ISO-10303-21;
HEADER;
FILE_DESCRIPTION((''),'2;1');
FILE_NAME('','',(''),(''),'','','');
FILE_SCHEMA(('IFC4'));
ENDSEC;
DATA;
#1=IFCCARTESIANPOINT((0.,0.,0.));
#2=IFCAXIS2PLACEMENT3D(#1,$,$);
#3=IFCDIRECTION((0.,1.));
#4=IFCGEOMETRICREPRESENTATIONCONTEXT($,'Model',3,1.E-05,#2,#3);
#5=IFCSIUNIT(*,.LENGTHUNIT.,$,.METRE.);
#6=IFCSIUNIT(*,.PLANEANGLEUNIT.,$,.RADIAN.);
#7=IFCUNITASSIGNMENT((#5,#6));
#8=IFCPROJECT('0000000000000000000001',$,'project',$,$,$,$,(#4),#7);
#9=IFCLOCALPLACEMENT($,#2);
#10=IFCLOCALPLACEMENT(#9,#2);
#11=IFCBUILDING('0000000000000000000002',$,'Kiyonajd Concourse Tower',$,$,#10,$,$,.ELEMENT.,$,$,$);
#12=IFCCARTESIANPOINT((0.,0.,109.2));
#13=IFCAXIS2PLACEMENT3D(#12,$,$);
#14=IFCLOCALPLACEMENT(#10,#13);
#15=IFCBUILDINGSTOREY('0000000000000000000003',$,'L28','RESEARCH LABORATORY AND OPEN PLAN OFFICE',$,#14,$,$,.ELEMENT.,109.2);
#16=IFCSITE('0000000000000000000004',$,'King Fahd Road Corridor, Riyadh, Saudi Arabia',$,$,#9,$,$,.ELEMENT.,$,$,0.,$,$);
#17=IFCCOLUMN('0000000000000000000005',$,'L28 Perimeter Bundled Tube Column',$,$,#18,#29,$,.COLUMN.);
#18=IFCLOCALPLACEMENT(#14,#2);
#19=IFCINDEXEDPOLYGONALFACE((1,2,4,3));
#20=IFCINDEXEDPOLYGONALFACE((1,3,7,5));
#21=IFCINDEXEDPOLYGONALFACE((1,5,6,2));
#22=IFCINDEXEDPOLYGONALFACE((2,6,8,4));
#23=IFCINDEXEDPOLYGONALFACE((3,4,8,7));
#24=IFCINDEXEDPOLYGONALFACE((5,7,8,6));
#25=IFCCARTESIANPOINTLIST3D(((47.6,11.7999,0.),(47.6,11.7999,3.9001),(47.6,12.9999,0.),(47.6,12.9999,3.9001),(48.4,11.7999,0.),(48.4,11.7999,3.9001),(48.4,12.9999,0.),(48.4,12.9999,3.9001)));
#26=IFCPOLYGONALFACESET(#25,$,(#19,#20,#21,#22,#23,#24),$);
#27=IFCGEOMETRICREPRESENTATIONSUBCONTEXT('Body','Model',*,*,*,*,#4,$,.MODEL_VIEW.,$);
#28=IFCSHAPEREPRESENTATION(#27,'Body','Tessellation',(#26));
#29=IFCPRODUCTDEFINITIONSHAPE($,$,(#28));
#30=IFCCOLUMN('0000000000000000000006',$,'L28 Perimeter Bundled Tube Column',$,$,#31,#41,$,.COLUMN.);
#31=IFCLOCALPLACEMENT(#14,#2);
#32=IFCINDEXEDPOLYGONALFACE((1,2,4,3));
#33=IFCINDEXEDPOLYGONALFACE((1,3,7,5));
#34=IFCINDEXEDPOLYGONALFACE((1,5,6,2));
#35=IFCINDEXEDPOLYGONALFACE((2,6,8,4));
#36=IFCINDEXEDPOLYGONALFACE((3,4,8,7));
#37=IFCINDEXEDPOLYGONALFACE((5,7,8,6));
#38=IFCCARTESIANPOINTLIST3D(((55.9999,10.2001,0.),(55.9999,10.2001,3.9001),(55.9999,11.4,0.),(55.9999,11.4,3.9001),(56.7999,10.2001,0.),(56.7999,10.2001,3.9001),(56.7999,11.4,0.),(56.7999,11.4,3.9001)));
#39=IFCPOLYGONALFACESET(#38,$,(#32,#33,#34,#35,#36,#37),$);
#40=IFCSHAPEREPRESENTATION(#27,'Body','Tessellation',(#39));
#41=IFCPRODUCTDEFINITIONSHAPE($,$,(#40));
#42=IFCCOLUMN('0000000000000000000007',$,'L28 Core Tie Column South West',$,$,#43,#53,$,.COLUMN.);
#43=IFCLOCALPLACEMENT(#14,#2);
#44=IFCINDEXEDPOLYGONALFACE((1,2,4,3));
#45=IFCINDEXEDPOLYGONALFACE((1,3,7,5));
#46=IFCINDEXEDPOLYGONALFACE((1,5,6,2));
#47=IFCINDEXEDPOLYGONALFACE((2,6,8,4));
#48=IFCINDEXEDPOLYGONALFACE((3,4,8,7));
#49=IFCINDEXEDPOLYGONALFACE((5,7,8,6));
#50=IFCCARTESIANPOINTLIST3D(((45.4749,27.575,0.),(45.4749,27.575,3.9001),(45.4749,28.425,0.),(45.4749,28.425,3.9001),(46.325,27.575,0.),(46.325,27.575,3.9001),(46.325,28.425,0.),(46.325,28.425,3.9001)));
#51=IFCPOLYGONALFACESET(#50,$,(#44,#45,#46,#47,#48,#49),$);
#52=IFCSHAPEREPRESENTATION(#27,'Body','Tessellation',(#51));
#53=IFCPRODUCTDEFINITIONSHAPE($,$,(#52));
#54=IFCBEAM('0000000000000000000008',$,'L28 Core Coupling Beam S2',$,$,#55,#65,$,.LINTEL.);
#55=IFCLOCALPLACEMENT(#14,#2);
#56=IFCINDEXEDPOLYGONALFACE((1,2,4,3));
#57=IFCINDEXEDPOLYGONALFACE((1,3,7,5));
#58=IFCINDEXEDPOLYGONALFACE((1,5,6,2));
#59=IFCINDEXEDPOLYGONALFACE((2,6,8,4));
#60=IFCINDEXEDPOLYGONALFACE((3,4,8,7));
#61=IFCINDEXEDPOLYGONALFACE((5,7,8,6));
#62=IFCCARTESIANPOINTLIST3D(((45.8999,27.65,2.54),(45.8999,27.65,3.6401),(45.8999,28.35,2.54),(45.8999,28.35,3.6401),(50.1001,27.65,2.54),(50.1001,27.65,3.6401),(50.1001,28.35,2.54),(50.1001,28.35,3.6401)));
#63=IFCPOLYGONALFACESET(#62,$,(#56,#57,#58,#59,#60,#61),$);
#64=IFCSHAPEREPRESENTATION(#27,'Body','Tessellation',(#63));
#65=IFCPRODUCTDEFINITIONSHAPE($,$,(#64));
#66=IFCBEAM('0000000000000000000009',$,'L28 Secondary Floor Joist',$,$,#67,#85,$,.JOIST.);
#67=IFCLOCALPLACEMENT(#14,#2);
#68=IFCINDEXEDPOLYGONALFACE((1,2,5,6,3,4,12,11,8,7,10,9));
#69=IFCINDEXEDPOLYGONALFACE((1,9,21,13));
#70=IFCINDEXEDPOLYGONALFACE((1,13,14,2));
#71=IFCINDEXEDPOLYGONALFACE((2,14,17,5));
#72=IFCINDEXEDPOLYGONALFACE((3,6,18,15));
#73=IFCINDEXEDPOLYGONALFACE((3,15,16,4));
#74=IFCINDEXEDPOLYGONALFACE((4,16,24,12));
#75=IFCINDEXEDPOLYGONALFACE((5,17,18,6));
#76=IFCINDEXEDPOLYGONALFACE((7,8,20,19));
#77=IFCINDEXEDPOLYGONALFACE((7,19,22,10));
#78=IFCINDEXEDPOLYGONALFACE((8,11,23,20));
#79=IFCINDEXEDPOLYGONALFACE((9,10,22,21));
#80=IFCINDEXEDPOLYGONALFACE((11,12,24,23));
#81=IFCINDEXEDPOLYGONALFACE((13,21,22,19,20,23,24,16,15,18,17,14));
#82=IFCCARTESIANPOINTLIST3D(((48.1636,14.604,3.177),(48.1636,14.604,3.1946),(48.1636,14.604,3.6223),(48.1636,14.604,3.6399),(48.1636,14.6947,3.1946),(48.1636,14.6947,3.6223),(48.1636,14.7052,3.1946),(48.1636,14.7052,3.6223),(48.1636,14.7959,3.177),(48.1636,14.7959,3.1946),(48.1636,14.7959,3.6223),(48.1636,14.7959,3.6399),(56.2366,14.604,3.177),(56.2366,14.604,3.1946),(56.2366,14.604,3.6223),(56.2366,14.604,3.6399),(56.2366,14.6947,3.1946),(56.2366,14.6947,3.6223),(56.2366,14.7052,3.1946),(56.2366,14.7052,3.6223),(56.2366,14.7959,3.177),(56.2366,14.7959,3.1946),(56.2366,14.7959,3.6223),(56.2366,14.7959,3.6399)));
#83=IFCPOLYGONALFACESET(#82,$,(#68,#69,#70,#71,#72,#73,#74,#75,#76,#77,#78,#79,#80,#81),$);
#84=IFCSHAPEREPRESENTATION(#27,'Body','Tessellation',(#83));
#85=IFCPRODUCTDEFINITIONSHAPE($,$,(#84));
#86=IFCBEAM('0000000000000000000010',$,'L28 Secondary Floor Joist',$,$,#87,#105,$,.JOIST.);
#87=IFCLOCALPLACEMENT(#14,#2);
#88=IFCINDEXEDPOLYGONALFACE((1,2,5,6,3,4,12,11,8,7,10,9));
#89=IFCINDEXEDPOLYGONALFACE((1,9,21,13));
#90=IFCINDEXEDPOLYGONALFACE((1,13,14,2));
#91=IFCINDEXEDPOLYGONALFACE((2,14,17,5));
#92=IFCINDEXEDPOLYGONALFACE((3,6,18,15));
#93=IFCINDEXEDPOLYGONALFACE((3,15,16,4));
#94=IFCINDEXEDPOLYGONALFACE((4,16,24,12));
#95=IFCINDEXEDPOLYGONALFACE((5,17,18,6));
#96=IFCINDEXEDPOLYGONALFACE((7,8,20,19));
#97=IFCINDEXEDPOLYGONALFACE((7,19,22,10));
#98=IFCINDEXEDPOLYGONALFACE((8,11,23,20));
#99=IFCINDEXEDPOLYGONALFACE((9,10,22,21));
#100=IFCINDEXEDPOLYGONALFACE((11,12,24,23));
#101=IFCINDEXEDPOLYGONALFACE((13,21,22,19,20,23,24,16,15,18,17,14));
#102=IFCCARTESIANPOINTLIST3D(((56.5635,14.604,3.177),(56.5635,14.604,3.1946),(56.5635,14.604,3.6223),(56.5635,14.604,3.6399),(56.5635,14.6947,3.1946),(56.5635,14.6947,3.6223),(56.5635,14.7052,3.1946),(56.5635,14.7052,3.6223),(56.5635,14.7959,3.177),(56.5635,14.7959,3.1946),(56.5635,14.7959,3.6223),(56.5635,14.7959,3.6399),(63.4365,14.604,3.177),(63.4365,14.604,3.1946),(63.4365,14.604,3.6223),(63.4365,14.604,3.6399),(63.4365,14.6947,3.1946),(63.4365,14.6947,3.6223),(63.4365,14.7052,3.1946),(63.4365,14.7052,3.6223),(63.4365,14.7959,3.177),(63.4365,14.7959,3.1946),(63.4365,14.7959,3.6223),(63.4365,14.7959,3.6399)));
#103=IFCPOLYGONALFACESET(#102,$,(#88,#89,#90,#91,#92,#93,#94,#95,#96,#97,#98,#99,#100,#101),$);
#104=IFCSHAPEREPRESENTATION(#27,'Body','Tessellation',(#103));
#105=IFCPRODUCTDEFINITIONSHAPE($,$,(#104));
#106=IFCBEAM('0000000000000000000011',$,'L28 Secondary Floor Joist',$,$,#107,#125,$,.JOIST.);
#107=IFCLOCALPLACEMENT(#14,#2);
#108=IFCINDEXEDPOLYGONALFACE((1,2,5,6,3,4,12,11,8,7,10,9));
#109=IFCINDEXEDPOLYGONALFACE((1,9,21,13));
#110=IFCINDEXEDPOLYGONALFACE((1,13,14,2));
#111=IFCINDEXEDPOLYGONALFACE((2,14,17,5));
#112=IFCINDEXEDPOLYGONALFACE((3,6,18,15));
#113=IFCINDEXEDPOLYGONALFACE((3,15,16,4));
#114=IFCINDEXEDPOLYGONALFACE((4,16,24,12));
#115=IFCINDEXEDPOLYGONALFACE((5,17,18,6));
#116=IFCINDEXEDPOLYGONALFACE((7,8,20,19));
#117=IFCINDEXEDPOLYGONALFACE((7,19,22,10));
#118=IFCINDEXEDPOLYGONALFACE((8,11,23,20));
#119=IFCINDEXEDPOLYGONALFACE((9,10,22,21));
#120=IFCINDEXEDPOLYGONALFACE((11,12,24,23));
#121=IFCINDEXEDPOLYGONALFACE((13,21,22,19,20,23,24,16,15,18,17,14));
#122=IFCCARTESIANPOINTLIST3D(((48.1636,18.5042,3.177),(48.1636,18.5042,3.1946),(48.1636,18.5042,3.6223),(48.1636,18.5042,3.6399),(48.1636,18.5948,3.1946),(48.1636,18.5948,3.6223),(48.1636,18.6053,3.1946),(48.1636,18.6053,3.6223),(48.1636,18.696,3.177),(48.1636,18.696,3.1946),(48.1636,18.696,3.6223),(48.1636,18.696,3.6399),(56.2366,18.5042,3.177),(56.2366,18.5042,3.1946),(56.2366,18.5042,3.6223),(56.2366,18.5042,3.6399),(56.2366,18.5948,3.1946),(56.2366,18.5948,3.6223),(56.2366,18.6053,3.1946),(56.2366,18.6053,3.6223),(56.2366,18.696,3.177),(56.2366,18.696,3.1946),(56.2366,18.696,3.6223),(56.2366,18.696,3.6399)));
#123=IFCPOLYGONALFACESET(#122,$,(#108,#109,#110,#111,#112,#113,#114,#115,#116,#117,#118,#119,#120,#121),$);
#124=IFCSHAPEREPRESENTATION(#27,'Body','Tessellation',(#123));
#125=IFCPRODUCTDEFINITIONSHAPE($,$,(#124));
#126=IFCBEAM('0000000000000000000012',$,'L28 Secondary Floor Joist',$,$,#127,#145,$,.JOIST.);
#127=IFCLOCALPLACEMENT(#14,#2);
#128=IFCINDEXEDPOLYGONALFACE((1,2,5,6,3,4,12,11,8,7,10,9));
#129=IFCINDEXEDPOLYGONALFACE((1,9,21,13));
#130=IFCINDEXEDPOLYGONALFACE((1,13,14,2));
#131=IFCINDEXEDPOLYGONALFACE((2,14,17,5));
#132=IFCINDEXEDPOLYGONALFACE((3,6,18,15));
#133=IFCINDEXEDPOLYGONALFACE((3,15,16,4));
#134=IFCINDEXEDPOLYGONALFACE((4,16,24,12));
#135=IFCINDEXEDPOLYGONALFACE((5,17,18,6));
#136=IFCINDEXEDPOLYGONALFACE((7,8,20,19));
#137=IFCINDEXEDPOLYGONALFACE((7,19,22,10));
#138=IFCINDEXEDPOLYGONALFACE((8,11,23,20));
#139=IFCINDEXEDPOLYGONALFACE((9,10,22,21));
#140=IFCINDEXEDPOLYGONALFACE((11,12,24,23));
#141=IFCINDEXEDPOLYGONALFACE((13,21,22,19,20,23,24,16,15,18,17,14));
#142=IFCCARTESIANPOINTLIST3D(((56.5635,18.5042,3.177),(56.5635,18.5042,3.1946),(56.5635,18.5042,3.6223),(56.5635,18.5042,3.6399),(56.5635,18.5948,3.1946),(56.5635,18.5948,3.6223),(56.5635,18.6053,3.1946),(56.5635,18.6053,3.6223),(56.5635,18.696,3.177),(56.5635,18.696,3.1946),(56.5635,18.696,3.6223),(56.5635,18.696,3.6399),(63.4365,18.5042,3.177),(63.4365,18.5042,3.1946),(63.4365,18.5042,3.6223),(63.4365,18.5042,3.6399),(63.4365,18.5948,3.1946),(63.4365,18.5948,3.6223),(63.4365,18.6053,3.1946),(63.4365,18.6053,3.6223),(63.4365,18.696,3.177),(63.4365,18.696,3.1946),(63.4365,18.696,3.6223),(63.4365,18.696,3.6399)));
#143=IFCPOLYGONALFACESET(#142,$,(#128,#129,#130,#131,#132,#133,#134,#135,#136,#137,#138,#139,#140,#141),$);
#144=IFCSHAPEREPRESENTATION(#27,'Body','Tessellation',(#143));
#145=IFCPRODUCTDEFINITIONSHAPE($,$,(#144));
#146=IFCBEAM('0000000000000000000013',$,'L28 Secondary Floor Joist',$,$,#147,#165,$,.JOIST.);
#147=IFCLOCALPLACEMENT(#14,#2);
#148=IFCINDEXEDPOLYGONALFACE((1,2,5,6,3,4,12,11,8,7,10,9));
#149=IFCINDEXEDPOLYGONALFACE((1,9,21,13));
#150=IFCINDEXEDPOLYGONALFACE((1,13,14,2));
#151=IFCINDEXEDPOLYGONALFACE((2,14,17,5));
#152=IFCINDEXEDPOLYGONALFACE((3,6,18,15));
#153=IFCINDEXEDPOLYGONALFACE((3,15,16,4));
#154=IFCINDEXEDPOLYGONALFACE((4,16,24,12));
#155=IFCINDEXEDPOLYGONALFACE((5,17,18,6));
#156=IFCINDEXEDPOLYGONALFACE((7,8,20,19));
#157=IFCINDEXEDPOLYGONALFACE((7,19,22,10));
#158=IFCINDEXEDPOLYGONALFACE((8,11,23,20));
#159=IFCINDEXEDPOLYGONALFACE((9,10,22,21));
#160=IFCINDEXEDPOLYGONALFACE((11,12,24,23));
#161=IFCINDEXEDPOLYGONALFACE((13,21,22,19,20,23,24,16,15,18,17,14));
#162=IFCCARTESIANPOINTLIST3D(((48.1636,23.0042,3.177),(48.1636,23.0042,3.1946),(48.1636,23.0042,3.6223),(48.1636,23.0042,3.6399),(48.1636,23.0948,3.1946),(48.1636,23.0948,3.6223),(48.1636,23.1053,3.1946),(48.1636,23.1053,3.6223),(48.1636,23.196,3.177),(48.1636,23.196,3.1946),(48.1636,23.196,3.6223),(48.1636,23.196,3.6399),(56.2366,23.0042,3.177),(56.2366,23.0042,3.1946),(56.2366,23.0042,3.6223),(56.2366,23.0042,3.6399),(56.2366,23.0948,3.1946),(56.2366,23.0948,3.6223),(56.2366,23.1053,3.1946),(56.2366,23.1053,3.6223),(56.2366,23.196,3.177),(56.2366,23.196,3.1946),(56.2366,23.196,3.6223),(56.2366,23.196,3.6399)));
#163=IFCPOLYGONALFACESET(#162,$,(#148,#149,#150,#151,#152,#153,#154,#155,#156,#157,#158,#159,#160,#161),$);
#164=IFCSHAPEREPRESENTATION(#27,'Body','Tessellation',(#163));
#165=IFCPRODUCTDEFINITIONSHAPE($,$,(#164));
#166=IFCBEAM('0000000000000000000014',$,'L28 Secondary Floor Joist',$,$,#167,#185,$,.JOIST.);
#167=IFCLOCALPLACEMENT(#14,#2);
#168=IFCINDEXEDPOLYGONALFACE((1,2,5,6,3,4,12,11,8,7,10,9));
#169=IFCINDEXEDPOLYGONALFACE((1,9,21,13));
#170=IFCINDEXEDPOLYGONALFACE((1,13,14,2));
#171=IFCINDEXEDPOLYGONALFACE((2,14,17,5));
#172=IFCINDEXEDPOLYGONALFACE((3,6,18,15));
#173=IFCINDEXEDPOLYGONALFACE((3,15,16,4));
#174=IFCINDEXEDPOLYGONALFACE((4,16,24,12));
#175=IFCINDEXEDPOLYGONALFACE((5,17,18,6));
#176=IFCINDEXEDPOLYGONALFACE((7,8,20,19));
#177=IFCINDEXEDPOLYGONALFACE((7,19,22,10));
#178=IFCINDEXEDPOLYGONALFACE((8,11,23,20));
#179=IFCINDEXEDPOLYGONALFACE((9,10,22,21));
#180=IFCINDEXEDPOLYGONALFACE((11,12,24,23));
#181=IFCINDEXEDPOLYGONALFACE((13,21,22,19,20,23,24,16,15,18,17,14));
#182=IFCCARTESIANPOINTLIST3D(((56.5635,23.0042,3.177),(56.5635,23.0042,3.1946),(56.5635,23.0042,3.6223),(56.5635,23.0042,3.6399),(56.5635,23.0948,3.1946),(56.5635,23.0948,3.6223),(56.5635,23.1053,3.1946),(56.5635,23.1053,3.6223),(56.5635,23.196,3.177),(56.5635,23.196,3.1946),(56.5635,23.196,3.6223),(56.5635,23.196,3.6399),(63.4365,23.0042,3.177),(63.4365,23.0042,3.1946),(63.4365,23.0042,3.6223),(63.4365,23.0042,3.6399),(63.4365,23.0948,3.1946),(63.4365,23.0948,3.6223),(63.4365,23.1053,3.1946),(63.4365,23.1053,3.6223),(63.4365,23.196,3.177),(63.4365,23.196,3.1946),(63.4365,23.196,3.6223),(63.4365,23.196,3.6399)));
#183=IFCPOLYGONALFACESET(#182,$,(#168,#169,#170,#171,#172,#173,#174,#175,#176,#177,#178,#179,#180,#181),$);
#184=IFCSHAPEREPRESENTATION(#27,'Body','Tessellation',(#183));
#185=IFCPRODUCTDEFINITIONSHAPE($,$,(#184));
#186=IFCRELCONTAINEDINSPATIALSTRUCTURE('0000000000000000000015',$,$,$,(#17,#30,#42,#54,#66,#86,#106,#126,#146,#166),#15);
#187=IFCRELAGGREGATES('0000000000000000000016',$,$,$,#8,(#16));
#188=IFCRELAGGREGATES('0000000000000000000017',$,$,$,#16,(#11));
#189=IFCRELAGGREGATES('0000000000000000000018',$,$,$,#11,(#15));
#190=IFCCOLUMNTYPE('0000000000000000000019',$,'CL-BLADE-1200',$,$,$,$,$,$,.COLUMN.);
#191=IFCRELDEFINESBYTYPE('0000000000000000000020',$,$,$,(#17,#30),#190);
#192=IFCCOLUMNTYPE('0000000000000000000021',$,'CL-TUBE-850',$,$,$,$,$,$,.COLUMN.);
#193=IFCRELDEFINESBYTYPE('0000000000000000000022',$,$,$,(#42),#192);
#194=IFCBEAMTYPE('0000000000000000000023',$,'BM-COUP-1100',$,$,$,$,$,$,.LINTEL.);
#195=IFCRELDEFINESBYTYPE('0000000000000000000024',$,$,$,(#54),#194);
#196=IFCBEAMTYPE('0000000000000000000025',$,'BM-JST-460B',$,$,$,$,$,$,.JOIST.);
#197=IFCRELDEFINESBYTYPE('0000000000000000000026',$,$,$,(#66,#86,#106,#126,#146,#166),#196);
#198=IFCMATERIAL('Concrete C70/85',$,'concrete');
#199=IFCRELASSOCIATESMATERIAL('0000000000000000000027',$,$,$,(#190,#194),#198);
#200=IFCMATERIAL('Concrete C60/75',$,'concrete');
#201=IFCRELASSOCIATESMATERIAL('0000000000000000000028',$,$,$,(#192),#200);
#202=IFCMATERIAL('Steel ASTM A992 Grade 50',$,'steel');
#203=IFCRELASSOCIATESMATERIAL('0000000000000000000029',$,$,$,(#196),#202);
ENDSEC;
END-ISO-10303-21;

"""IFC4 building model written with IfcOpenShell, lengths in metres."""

from ifc_helpers import new_model, si_unit, direction, frame, origin, origin_2d, place, context, subcontext, project, spatial, rectangle, i_section, extrude, material, material_profile, profile_set, type_object, element, save


model = new_model("IFC4")

# Units and contexts
model_context = context("Model", 3, precision=1e-05, world=origin(), true_north=direction((0.0, 1.0)))
body_context = subcontext(model_context, "Body", "Model", "MODEL_VIEW")
ifc_project = project(units=[si_unit("LENGTHUNIT", "METRE"), si_unit("PLANEANGLEUNIT", "RADIAN")], contexts=[model_context])

# Site, building, storey
site_placement = place(None, origin())
site = spatial("IfcSite", under=ifc_project, at=site_placement, Name="King Fahd Road Corridor, Riyadh, Saudi Arabia", CompositionType="ELEMENT", RefElevation=0.0)
building_placement = place(site_placement, origin())
building = spatial("IfcBuilding", under=site, at=building_placement, Name="Kiyonajd Concourse Tower", CompositionType="ELEMENT")
storey_placement = place(building_placement, frame((0.0, 0.0, 109.2)))
storey = spatial("IfcBuildingStorey", under=building, at=storey_placement, Name="L28", Description="RESEARCH LABORATORY AND OPEN PLAN OFFICE", CompositionType="ELEMENT", Elevation=109.2)

# Columns
ifc_material_1 = material(Name="Concrete C70/85", Category="concrete")
ifc_material_profile_1 = material_profile(ifc_material_1, rectangle(XDim=0.8, YDim=1.2, at=origin_2d()), Name="RC-1200x800")
ifc_profile_set_1 = profile_set([ifc_material_profile_1], Name="Concrete C70/85")
column_type_1 = type_object("IfcColumnType", Name="CL-BLADE-1200", PredefinedType="COLUMN", material=ifc_profile_set_1)
for number, where, z_axis, x_axis, name in (
    (1, (48.0, 12.3999, 0.0), (0.0, 0.0, 1.0), (1.0, 0.0, 0.0), "L28 Perimeter Bundled Tube Column"),
    (2, (56.3999, 10.8, 0.0), (0.0, 0.0, 1.0), (1.0, 0.0, 0.0), "L28 Perimeter Bundled Tube Column"),
):
    element("IfcColumn", number, at=place(storey_placement, frame(where, z_axis=z_axis, x_axis=x_axis)), inside=storey, type_object=column_type_1, Name=name, PredefinedType="COLUMN", context=body_context, shape_type="SweptSolid", body=[
        extrude(rectangle(XDim=0.8, YDim=1.2, at=origin_2d()), origin(), (0.0, 0.0, 1.0), 3.9001),
    ])
ifc_material_2 = material(Name="Concrete C60/75", Category="concrete")
ifc_material_profile_2 = material_profile(ifc_material_2, rectangle(XDim=0.8501, YDim=0.8501, at=origin_2d()), Name="RC-850x850")
ifc_profile_set_2 = profile_set([ifc_material_profile_2], Name="Concrete C60/75")
column_type_2 = type_object("IfcColumnType", Name="CL-TUBE-850", PredefinedType="COLUMN", material=ifc_profile_set_2)
column_placement = place(storey_placement, frame((45.8999, 28.0, 0.0), z_axis=(0.0, 0.0, 1.0), x_axis=(1.0, 0.0, 0.0)))
element("IfcColumn", 3, at=column_placement, inside=storey, type_object=column_type_2, Name="L28 Core Tie Column South West", PredefinedType="COLUMN", context=body_context, shape_type="SweptSolid", body=[
    extrude(rectangle(XDim=0.8501, YDim=0.8501, at=origin_2d()), origin(), (0.0, 0.0, 1.0), 3.9001),
])

# Beams
ifc_material_profile_3 = material_profile(ifc_material_1, rectangle(XDim=0.7, YDim=1.1001, at=origin_2d()), Name="RCBM-700x1100")
ifc_profile_set_3 = profile_set([ifc_material_profile_3], Name="Concrete C70/85")
beam_type_1 = type_object("IfcBeamType", Name="BM-COUP-1100", PredefinedType="LINTEL", material=ifc_profile_set_3)
beam_1_placement = place(storey_placement, frame((45.8999, 28.0, 3.0901), z_axis=(1.0, 0.0, 0.0), x_axis=(0.0, 1.0, 0.0)))
element("IfcBeam", 4, at=beam_1_placement, inside=storey, type_object=beam_type_1, Name="L28 Core Coupling Beam S2", PredefinedType="LINTEL", context=body_context, shape_type="SweptSolid", body=[
    extrude(rectangle(XDim=0.7, YDim=1.1001, at=origin_2d()), origin(), (0.0, 0.0, 1.0), 4.2002),
])
ifc_material_3 = material(Name="Steel ASTM A992 Grade 50", Category="steel")
ifc_material_profile_4 = material_profile(ifc_material_3, i_section(OverallWidth=0.1919, OverallDepth=0.4629, WebThickness=0.0105, FlangeThickness=0.0176, at=origin_2d()), Name="W460X89")
ifc_profile_set_4 = profile_set([ifc_material_profile_4], Name="Steel ASTM A992 Grade 50")
beam_type_2 = type_object("IfcBeamType", Name="BM-JST-460B", PredefinedType="JOIST", material=ifc_profile_set_4)
beam_2_placement = place(storey_placement, frame((48.1636, 14.7, 3.4084), z_axis=(1.0, 0.0, 0.0), x_axis=(0.0, 1.0, 0.0)))
element("IfcBeam", 5, at=beam_2_placement, inside=storey, type_object=beam_type_2, Name="L28 Secondary Floor Joist", PredefinedType="JOIST", context=body_context, shape_type="SweptSolid", body=[
    extrude(i_section(OverallWidth=0.1919, OverallDepth=0.4629, WebThickness=0.0105, FlangeThickness=0.0176, at=origin_2d()), origin(), (0.0, 0.0, 1.0), 8.073),
])
beam_3_placement = place(storey_placement, frame((56.5635, 14.7, 3.4084), z_axis=(1.0, 0.0, 0.0), x_axis=(0.0, 1.0, 0.0)))
element("IfcBeam", 6, at=beam_3_placement, inside=storey, type_object=beam_type_2, Name="L28 Secondary Floor Joist", PredefinedType="JOIST", context=body_context, shape_type="SweptSolid", body=[
    extrude(i_section(OverallWidth=0.1919, OverallDepth=0.4629, WebThickness=0.0105, FlangeThickness=0.0176, at=origin_2d()), origin(), (0.0, 0.0, 1.0), 6.873),
])
beam_4_placement = place(storey_placement, frame((48.1636, 18.6001, 3.4084), z_axis=(1.0, 0.0, 0.0), x_axis=(0.0, 1.0, 0.0)))
element("IfcBeam", 7, at=beam_4_placement, inside=storey, type_object=beam_type_2, Name="L28 Secondary Floor Joist", PredefinedType="JOIST", context=body_context, shape_type="SweptSolid", body=[
    extrude(i_section(OverallWidth=0.1919, OverallDepth=0.4629, WebThickness=0.0105, FlangeThickness=0.0176, at=origin_2d()), origin(), (0.0, 0.0, 1.0), 8.073),
])
beam_5_placement = place(storey_placement, frame((56.5635, 18.6001, 3.4084), z_axis=(1.0, 0.0, 0.0), x_axis=(0.0, 1.0, 0.0)))
element("IfcBeam", 8, at=beam_5_placement, inside=storey, type_object=beam_type_2, Name="L28 Secondary Floor Joist", PredefinedType="JOIST", context=body_context, shape_type="SweptSolid", body=[
    extrude(i_section(OverallWidth=0.1919, OverallDepth=0.4629, WebThickness=0.0105, FlangeThickness=0.0176, at=origin_2d()), origin(), (0.0, 0.0, 1.0), 6.873),
])
beam_6_placement = place(storey_placement, frame((48.1636, 23.1001, 3.4084), z_axis=(1.0, 0.0, 0.0), x_axis=(0.0, 1.0, 0.0)))
element("IfcBeam", 9, at=beam_6_placement, inside=storey, type_object=beam_type_2, Name="L28 Secondary Floor Joist", PredefinedType="JOIST", context=body_context, shape_type="SweptSolid", body=[
    extrude(i_section(OverallWidth=0.1919, OverallDepth=0.4629, WebThickness=0.0105, FlangeThickness=0.0176, at=origin_2d()), origin(), (0.0, 0.0, 1.0), 8.073),
])
beam_7_placement = place(storey_placement, frame((56.5635, 23.1001, 3.4084), z_axis=(1.0, 0.0, 0.0), x_axis=(0.0, 1.0, 0.0)))
element("IfcBeam", 10, at=beam_7_placement, inside=storey, type_object=beam_type_2, Name="L28 Secondary Floor Joist", PredefinedType="JOIST", context=body_context, shape_type="SweptSolid", body=[
    extrude(i_section(OverallWidth=0.1919, OverallDepth=0.4629, WebThickness=0.0105, FlangeThickness=0.0176, at=origin_2d()), origin(), (0.0, 0.0, 1.0), 6.873),
])

save(model, "model.ifc")
